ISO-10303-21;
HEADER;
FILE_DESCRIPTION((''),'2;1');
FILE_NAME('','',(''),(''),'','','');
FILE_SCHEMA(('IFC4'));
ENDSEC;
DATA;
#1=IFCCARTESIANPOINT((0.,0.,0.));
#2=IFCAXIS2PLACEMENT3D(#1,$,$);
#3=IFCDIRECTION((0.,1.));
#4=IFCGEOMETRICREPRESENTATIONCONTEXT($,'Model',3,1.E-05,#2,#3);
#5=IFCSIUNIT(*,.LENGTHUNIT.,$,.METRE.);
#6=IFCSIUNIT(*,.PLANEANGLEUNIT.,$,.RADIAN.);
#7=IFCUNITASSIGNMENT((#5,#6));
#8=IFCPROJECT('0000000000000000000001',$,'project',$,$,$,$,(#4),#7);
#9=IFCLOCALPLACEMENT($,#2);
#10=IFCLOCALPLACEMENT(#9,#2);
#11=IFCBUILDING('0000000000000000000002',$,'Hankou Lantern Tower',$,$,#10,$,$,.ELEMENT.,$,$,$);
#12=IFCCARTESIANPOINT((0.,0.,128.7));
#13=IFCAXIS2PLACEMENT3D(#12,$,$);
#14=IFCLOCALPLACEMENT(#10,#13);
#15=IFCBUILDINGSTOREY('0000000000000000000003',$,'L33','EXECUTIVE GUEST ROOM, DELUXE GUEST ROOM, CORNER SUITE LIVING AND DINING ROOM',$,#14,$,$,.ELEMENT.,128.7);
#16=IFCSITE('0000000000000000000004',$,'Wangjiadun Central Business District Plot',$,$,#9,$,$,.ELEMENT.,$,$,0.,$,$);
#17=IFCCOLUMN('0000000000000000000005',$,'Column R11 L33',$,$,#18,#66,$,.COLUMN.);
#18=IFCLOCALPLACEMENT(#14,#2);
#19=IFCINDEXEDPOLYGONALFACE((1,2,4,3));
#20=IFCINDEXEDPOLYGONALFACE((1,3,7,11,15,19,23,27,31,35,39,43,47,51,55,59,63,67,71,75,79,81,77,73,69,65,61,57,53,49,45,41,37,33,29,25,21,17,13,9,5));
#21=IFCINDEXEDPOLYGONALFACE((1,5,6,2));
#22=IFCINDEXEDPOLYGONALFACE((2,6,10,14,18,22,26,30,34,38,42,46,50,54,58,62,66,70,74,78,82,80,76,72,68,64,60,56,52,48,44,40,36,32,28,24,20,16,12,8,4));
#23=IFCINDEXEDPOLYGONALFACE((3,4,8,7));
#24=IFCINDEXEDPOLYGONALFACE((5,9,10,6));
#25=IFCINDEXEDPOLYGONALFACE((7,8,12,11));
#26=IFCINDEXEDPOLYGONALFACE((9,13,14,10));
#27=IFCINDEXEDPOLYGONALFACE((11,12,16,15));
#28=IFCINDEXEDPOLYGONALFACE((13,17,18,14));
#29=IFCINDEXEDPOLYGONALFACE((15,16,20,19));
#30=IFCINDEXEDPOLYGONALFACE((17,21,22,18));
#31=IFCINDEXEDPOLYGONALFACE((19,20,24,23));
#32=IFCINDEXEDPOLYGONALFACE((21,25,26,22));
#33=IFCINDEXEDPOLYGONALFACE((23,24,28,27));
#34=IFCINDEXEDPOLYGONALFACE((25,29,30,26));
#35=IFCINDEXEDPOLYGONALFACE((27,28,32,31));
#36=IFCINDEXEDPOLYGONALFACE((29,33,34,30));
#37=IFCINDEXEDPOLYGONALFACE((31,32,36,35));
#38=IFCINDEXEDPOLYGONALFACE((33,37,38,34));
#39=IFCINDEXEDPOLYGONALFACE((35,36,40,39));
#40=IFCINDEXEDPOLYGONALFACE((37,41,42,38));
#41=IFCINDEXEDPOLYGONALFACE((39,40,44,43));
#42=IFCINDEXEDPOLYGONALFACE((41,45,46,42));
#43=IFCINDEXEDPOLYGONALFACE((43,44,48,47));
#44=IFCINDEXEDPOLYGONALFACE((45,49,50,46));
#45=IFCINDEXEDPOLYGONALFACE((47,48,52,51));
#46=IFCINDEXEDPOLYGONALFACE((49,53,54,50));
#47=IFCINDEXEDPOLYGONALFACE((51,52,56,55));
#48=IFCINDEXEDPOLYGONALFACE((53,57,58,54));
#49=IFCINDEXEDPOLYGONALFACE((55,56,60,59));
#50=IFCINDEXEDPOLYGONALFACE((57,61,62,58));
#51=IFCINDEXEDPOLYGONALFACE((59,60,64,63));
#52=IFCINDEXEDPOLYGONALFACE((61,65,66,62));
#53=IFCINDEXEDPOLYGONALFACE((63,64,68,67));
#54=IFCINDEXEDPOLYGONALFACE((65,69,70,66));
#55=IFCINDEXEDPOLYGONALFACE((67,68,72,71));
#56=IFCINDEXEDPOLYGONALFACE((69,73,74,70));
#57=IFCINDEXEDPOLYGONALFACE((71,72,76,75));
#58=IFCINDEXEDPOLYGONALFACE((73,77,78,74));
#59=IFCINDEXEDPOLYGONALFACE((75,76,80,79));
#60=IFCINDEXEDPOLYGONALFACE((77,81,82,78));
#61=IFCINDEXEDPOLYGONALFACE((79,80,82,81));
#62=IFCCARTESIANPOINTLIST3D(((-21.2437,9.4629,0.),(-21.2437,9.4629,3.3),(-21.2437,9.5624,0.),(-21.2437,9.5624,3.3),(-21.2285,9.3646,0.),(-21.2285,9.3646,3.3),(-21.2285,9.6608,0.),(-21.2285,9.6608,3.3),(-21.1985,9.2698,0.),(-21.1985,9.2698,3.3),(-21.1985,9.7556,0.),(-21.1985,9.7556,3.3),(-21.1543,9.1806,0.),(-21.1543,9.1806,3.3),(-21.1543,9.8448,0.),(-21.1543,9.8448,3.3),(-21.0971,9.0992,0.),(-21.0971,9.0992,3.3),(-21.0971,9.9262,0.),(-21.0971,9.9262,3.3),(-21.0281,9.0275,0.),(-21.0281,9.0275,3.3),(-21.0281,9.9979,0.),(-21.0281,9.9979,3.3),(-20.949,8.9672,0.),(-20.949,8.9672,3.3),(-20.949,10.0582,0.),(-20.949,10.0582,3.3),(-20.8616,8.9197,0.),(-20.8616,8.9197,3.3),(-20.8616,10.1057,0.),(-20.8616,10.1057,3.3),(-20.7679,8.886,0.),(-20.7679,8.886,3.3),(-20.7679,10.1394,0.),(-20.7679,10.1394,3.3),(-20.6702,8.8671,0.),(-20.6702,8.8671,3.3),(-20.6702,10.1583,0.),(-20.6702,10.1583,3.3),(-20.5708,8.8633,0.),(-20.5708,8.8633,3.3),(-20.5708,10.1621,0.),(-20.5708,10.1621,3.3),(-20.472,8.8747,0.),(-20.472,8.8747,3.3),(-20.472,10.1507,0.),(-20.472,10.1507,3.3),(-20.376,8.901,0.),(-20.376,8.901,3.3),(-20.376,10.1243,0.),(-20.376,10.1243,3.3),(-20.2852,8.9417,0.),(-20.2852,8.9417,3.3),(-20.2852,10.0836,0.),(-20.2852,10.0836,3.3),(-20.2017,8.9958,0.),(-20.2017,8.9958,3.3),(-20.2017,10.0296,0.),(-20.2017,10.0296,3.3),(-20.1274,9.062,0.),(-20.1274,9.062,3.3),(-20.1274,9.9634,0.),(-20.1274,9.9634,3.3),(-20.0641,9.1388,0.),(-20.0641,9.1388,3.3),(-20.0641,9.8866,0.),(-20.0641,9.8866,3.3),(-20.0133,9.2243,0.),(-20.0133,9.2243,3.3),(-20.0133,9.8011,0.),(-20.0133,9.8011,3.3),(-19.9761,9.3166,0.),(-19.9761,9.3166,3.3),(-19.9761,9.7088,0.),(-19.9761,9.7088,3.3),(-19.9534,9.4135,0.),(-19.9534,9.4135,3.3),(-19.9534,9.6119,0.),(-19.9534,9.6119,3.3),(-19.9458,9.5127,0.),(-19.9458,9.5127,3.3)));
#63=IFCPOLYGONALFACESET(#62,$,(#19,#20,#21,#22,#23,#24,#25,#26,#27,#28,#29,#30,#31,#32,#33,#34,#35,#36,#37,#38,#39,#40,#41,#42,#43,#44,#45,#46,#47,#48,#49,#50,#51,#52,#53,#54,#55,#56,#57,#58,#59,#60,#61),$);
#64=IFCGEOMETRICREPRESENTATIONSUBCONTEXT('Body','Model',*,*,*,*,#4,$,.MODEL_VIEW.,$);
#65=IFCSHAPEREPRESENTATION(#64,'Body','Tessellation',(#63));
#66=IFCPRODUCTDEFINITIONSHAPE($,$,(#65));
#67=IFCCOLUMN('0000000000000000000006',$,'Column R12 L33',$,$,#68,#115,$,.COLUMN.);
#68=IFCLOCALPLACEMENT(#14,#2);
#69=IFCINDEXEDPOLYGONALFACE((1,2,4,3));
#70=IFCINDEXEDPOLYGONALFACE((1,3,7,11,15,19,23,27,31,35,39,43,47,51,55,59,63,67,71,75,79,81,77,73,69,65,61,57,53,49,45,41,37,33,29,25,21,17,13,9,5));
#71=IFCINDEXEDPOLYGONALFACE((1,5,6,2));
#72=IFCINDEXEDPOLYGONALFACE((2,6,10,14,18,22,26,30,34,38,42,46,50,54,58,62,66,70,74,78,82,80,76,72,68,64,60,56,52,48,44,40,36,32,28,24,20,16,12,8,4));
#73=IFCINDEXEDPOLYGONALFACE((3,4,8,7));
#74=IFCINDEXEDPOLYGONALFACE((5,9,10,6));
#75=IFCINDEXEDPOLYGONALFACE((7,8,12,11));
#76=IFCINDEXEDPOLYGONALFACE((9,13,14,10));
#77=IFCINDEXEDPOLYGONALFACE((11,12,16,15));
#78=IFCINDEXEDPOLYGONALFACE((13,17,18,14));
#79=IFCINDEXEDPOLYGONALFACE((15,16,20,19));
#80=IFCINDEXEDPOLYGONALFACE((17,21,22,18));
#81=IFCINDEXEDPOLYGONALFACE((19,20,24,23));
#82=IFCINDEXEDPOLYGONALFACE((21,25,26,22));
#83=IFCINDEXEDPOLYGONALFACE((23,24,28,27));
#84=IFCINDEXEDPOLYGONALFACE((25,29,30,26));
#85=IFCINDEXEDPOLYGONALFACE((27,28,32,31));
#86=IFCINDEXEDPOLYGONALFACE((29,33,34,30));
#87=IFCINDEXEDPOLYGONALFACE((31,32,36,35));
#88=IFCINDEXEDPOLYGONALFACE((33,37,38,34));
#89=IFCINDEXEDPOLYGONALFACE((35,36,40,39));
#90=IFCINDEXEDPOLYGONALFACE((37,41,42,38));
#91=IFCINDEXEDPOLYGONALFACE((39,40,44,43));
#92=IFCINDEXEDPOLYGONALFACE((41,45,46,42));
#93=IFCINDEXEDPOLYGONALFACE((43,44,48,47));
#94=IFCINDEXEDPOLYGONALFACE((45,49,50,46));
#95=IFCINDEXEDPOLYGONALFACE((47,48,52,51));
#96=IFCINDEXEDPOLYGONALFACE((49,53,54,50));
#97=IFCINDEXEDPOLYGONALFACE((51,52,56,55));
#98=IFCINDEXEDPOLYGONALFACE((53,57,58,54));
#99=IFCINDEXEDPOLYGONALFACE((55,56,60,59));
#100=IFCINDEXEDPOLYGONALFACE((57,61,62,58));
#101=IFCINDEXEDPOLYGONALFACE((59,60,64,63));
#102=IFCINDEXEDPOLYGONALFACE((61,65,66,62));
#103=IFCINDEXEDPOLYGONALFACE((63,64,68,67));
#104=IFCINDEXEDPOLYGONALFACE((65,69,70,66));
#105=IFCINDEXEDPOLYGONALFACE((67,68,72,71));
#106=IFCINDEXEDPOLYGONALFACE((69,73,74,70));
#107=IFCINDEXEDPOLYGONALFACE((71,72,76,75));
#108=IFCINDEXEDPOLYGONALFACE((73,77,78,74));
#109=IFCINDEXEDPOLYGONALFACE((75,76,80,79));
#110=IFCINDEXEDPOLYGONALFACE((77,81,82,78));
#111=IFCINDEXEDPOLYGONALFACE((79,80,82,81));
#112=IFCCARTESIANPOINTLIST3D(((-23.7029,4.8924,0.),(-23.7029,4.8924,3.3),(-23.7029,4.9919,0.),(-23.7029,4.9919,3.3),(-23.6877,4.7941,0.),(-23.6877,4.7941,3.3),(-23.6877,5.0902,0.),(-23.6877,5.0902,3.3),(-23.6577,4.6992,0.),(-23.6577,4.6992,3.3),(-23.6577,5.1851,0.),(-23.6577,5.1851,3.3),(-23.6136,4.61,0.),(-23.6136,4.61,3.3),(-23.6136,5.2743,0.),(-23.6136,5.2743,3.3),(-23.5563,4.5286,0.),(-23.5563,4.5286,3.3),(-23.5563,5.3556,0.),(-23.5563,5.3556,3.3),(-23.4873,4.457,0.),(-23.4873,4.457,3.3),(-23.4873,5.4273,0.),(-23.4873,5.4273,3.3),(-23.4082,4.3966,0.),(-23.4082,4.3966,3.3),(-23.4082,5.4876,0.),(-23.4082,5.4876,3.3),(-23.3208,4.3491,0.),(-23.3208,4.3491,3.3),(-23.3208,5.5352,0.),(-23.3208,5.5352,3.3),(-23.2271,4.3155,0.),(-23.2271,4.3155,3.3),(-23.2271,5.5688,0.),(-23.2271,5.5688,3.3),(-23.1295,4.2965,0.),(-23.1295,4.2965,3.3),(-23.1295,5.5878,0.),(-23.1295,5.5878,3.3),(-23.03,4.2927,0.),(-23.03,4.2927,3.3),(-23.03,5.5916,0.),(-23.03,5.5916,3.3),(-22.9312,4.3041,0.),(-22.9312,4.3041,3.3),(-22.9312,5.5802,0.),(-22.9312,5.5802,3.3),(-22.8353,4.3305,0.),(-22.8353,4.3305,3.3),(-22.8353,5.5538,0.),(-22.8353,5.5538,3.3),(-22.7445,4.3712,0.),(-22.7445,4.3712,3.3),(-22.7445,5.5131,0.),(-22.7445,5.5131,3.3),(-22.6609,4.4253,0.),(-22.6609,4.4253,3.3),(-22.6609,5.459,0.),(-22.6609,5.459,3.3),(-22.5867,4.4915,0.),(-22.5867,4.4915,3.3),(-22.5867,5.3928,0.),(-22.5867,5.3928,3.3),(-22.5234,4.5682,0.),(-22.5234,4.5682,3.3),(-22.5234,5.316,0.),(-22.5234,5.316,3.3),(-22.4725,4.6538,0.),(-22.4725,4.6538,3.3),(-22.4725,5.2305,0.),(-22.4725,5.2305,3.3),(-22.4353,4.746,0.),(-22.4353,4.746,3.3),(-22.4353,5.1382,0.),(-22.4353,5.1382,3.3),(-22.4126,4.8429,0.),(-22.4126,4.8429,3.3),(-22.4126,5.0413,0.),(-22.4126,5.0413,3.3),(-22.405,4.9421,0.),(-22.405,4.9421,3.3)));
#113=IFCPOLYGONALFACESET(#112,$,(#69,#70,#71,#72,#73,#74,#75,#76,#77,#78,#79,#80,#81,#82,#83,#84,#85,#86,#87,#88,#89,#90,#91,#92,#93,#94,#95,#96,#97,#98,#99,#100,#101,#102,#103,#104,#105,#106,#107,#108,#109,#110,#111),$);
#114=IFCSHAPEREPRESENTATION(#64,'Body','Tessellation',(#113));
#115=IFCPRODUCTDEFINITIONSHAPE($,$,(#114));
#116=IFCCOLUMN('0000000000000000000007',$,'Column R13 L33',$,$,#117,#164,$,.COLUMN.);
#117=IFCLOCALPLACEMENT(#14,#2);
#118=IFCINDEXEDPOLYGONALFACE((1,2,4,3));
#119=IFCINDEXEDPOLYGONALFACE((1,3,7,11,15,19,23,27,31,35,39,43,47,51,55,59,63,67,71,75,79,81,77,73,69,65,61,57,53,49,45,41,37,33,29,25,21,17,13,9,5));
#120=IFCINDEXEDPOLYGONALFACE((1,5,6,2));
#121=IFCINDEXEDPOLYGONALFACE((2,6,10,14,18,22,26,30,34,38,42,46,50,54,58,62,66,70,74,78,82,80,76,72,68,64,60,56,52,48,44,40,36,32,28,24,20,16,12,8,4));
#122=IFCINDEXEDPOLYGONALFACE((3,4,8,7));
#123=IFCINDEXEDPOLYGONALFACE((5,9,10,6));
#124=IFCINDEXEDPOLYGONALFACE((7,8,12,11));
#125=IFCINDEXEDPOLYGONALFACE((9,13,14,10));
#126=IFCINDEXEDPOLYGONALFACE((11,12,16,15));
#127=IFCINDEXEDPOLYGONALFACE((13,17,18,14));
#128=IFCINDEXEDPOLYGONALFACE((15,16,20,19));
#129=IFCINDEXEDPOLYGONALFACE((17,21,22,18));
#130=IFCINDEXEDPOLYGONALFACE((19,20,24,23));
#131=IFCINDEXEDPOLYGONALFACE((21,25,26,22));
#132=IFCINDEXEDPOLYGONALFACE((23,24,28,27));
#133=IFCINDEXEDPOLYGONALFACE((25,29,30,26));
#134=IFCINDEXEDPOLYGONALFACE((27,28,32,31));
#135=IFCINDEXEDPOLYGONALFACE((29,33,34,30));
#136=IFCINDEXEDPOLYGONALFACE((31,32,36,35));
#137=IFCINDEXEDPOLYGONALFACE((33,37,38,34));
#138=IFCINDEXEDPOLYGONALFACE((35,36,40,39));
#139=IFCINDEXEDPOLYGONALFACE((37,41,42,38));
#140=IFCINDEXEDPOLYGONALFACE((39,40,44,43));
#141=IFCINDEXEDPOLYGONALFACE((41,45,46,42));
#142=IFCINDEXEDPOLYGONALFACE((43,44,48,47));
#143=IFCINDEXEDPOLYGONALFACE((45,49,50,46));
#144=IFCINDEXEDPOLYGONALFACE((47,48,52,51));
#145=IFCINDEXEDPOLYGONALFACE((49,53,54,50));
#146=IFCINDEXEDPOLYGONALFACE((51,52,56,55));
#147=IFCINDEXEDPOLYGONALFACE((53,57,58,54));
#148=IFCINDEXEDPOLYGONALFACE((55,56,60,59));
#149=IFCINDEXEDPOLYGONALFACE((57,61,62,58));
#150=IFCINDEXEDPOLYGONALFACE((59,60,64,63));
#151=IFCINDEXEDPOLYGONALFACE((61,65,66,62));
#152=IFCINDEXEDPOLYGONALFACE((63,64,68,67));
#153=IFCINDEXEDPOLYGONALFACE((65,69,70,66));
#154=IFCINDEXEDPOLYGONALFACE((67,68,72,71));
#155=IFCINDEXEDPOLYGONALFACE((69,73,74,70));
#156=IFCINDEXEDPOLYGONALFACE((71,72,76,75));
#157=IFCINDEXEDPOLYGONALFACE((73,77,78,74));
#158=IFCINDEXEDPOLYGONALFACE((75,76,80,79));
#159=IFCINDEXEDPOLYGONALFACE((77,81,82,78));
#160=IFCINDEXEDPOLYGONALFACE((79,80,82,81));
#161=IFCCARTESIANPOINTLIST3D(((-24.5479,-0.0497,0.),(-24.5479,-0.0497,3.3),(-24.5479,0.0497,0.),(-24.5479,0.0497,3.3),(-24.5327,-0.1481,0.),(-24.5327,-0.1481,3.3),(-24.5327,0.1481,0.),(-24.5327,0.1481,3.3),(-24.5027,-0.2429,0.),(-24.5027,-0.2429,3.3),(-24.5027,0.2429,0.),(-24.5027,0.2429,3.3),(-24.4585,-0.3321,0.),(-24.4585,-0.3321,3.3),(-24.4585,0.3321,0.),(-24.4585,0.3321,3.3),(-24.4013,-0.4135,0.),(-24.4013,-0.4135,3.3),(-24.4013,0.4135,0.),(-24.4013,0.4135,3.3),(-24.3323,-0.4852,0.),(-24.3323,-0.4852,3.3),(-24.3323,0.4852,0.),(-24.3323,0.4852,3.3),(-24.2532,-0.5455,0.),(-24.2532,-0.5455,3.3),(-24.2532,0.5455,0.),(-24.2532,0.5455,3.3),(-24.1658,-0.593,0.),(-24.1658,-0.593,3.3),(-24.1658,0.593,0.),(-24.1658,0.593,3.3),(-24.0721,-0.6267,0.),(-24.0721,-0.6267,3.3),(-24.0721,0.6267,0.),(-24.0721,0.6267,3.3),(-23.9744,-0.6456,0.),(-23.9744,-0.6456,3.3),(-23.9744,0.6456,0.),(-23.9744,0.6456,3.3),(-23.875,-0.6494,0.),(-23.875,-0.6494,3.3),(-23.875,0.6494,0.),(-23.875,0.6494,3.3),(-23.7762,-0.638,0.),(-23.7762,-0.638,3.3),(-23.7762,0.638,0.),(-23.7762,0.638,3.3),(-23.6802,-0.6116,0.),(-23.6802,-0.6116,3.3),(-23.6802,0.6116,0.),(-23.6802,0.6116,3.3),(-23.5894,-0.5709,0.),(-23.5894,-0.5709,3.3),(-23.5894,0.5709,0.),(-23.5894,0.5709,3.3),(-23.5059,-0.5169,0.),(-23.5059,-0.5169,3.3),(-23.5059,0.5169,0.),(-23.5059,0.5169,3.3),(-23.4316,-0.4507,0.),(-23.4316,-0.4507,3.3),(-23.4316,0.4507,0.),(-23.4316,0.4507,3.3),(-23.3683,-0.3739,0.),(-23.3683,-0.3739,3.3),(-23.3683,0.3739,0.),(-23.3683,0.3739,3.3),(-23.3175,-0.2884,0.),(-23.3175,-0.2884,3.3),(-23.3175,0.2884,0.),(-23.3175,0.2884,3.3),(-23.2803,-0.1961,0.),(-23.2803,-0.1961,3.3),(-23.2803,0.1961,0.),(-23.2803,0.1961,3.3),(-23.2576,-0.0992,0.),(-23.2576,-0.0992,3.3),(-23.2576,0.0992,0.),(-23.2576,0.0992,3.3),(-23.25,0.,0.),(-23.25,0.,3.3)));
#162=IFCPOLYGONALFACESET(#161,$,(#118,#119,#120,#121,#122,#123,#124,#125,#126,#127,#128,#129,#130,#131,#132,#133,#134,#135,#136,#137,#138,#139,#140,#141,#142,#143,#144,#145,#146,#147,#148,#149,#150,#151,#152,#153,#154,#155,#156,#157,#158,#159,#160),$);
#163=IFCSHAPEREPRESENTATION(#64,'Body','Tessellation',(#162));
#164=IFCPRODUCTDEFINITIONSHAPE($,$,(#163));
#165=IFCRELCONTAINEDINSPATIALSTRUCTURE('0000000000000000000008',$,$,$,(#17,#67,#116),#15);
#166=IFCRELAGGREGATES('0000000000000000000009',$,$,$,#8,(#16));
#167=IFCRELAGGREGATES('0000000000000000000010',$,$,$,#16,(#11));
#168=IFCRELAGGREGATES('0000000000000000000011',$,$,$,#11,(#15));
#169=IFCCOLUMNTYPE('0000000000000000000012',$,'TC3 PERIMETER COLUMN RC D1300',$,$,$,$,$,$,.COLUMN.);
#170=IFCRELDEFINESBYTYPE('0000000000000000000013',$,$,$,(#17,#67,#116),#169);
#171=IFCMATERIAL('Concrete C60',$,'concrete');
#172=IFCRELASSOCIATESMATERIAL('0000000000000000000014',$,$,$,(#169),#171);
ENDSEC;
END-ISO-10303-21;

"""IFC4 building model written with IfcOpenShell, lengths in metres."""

from ifc_helpers import new_model, si_unit, direction, frame, origin, origin_2d, place, context, subcontext, project, spatial, circle, extrude, material, material_profile, profile_set, type_object, element, save


model = new_model("IFC4")

# Units and contexts
model_context = context("Model", 3, precision=1e-05, world=origin(), true_north=direction((0.0, 1.0)))
body_context = subcontext(model_context, "Body", "Model", "MODEL_VIEW")
ifc_project = project(units=[si_unit("LENGTHUNIT", "METRE"), si_unit("PLANEANGLEUNIT", "RADIAN")], contexts=[model_context])

# Site, building, storey
site_placement = place(None, origin())
site = spatial("IfcSite", under=ifc_project, at=site_placement, Name="Wangjiadun Central Business District Plot", CompositionType="ELEMENT", RefElevation=0.0)
building_placement = place(site_placement, origin())
building = spatial("IfcBuilding", under=site, at=building_placement, Name="Hankou Lantern Tower", CompositionType="ELEMENT")
storey_placement = place(building_placement, frame((0.0, 0.0, 128.7)))
storey = spatial("IfcBuildingStorey", under=building, at=storey_placement, Name="L33", Description="EXECUTIVE GUEST ROOM, DELUXE GUEST ROOM, CORNER SUITE LIVING AND DINING ROOM", CompositionType="ELEMENT", Elevation=128.7)

# Columns
ifc_material_1 = material(Name="Concrete C60", Category="concrete")
ifc_material_profile_1 = material_profile(ifc_material_1, circle(Radius=0.6499, at=origin_2d()), Name="RC D1300")
ifc_profile_set_1 = profile_set([ifc_material_profile_1], Name="Concrete C60")
column_type = type_object("IfcColumnType", Name="TC3 PERIMETER COLUMN RC D1300", PredefinedType="COLUMN", material=ifc_profile_set_1)
for number, where, z_axis, x_axis, name in (
    (1, (-20.5957, 9.5127, 0.0), (0.0, 0.0, 1.0), (1.0, 0.0, 0.0), "Column R11 L33"),
    (2, (-23.0549, 4.9421, 0.0), (0.0, 0.0, 1.0), (1.0, 0.0, 0.0), "Column R12 L33"),
    (3, (-23.8999, 0.0, 0.0), (0.0, 0.0, 1.0), (1.0, 0.0, 0.0), "Column R13 L33"),
):
    element("IfcColumn", number, at=place(storey_placement, frame(where, z_axis=z_axis, x_axis=x_axis)), inside=storey, type_object=column_type, Name=name, PredefinedType="COLUMN", context=body_context, shape_type="SweptSolid", body=[
        extrude(circle(Radius=0.6499, at=origin_2d()), origin(), (0.0, 0.0, 1.0), 3.3),
    ])

save(model, "model.ifc")
